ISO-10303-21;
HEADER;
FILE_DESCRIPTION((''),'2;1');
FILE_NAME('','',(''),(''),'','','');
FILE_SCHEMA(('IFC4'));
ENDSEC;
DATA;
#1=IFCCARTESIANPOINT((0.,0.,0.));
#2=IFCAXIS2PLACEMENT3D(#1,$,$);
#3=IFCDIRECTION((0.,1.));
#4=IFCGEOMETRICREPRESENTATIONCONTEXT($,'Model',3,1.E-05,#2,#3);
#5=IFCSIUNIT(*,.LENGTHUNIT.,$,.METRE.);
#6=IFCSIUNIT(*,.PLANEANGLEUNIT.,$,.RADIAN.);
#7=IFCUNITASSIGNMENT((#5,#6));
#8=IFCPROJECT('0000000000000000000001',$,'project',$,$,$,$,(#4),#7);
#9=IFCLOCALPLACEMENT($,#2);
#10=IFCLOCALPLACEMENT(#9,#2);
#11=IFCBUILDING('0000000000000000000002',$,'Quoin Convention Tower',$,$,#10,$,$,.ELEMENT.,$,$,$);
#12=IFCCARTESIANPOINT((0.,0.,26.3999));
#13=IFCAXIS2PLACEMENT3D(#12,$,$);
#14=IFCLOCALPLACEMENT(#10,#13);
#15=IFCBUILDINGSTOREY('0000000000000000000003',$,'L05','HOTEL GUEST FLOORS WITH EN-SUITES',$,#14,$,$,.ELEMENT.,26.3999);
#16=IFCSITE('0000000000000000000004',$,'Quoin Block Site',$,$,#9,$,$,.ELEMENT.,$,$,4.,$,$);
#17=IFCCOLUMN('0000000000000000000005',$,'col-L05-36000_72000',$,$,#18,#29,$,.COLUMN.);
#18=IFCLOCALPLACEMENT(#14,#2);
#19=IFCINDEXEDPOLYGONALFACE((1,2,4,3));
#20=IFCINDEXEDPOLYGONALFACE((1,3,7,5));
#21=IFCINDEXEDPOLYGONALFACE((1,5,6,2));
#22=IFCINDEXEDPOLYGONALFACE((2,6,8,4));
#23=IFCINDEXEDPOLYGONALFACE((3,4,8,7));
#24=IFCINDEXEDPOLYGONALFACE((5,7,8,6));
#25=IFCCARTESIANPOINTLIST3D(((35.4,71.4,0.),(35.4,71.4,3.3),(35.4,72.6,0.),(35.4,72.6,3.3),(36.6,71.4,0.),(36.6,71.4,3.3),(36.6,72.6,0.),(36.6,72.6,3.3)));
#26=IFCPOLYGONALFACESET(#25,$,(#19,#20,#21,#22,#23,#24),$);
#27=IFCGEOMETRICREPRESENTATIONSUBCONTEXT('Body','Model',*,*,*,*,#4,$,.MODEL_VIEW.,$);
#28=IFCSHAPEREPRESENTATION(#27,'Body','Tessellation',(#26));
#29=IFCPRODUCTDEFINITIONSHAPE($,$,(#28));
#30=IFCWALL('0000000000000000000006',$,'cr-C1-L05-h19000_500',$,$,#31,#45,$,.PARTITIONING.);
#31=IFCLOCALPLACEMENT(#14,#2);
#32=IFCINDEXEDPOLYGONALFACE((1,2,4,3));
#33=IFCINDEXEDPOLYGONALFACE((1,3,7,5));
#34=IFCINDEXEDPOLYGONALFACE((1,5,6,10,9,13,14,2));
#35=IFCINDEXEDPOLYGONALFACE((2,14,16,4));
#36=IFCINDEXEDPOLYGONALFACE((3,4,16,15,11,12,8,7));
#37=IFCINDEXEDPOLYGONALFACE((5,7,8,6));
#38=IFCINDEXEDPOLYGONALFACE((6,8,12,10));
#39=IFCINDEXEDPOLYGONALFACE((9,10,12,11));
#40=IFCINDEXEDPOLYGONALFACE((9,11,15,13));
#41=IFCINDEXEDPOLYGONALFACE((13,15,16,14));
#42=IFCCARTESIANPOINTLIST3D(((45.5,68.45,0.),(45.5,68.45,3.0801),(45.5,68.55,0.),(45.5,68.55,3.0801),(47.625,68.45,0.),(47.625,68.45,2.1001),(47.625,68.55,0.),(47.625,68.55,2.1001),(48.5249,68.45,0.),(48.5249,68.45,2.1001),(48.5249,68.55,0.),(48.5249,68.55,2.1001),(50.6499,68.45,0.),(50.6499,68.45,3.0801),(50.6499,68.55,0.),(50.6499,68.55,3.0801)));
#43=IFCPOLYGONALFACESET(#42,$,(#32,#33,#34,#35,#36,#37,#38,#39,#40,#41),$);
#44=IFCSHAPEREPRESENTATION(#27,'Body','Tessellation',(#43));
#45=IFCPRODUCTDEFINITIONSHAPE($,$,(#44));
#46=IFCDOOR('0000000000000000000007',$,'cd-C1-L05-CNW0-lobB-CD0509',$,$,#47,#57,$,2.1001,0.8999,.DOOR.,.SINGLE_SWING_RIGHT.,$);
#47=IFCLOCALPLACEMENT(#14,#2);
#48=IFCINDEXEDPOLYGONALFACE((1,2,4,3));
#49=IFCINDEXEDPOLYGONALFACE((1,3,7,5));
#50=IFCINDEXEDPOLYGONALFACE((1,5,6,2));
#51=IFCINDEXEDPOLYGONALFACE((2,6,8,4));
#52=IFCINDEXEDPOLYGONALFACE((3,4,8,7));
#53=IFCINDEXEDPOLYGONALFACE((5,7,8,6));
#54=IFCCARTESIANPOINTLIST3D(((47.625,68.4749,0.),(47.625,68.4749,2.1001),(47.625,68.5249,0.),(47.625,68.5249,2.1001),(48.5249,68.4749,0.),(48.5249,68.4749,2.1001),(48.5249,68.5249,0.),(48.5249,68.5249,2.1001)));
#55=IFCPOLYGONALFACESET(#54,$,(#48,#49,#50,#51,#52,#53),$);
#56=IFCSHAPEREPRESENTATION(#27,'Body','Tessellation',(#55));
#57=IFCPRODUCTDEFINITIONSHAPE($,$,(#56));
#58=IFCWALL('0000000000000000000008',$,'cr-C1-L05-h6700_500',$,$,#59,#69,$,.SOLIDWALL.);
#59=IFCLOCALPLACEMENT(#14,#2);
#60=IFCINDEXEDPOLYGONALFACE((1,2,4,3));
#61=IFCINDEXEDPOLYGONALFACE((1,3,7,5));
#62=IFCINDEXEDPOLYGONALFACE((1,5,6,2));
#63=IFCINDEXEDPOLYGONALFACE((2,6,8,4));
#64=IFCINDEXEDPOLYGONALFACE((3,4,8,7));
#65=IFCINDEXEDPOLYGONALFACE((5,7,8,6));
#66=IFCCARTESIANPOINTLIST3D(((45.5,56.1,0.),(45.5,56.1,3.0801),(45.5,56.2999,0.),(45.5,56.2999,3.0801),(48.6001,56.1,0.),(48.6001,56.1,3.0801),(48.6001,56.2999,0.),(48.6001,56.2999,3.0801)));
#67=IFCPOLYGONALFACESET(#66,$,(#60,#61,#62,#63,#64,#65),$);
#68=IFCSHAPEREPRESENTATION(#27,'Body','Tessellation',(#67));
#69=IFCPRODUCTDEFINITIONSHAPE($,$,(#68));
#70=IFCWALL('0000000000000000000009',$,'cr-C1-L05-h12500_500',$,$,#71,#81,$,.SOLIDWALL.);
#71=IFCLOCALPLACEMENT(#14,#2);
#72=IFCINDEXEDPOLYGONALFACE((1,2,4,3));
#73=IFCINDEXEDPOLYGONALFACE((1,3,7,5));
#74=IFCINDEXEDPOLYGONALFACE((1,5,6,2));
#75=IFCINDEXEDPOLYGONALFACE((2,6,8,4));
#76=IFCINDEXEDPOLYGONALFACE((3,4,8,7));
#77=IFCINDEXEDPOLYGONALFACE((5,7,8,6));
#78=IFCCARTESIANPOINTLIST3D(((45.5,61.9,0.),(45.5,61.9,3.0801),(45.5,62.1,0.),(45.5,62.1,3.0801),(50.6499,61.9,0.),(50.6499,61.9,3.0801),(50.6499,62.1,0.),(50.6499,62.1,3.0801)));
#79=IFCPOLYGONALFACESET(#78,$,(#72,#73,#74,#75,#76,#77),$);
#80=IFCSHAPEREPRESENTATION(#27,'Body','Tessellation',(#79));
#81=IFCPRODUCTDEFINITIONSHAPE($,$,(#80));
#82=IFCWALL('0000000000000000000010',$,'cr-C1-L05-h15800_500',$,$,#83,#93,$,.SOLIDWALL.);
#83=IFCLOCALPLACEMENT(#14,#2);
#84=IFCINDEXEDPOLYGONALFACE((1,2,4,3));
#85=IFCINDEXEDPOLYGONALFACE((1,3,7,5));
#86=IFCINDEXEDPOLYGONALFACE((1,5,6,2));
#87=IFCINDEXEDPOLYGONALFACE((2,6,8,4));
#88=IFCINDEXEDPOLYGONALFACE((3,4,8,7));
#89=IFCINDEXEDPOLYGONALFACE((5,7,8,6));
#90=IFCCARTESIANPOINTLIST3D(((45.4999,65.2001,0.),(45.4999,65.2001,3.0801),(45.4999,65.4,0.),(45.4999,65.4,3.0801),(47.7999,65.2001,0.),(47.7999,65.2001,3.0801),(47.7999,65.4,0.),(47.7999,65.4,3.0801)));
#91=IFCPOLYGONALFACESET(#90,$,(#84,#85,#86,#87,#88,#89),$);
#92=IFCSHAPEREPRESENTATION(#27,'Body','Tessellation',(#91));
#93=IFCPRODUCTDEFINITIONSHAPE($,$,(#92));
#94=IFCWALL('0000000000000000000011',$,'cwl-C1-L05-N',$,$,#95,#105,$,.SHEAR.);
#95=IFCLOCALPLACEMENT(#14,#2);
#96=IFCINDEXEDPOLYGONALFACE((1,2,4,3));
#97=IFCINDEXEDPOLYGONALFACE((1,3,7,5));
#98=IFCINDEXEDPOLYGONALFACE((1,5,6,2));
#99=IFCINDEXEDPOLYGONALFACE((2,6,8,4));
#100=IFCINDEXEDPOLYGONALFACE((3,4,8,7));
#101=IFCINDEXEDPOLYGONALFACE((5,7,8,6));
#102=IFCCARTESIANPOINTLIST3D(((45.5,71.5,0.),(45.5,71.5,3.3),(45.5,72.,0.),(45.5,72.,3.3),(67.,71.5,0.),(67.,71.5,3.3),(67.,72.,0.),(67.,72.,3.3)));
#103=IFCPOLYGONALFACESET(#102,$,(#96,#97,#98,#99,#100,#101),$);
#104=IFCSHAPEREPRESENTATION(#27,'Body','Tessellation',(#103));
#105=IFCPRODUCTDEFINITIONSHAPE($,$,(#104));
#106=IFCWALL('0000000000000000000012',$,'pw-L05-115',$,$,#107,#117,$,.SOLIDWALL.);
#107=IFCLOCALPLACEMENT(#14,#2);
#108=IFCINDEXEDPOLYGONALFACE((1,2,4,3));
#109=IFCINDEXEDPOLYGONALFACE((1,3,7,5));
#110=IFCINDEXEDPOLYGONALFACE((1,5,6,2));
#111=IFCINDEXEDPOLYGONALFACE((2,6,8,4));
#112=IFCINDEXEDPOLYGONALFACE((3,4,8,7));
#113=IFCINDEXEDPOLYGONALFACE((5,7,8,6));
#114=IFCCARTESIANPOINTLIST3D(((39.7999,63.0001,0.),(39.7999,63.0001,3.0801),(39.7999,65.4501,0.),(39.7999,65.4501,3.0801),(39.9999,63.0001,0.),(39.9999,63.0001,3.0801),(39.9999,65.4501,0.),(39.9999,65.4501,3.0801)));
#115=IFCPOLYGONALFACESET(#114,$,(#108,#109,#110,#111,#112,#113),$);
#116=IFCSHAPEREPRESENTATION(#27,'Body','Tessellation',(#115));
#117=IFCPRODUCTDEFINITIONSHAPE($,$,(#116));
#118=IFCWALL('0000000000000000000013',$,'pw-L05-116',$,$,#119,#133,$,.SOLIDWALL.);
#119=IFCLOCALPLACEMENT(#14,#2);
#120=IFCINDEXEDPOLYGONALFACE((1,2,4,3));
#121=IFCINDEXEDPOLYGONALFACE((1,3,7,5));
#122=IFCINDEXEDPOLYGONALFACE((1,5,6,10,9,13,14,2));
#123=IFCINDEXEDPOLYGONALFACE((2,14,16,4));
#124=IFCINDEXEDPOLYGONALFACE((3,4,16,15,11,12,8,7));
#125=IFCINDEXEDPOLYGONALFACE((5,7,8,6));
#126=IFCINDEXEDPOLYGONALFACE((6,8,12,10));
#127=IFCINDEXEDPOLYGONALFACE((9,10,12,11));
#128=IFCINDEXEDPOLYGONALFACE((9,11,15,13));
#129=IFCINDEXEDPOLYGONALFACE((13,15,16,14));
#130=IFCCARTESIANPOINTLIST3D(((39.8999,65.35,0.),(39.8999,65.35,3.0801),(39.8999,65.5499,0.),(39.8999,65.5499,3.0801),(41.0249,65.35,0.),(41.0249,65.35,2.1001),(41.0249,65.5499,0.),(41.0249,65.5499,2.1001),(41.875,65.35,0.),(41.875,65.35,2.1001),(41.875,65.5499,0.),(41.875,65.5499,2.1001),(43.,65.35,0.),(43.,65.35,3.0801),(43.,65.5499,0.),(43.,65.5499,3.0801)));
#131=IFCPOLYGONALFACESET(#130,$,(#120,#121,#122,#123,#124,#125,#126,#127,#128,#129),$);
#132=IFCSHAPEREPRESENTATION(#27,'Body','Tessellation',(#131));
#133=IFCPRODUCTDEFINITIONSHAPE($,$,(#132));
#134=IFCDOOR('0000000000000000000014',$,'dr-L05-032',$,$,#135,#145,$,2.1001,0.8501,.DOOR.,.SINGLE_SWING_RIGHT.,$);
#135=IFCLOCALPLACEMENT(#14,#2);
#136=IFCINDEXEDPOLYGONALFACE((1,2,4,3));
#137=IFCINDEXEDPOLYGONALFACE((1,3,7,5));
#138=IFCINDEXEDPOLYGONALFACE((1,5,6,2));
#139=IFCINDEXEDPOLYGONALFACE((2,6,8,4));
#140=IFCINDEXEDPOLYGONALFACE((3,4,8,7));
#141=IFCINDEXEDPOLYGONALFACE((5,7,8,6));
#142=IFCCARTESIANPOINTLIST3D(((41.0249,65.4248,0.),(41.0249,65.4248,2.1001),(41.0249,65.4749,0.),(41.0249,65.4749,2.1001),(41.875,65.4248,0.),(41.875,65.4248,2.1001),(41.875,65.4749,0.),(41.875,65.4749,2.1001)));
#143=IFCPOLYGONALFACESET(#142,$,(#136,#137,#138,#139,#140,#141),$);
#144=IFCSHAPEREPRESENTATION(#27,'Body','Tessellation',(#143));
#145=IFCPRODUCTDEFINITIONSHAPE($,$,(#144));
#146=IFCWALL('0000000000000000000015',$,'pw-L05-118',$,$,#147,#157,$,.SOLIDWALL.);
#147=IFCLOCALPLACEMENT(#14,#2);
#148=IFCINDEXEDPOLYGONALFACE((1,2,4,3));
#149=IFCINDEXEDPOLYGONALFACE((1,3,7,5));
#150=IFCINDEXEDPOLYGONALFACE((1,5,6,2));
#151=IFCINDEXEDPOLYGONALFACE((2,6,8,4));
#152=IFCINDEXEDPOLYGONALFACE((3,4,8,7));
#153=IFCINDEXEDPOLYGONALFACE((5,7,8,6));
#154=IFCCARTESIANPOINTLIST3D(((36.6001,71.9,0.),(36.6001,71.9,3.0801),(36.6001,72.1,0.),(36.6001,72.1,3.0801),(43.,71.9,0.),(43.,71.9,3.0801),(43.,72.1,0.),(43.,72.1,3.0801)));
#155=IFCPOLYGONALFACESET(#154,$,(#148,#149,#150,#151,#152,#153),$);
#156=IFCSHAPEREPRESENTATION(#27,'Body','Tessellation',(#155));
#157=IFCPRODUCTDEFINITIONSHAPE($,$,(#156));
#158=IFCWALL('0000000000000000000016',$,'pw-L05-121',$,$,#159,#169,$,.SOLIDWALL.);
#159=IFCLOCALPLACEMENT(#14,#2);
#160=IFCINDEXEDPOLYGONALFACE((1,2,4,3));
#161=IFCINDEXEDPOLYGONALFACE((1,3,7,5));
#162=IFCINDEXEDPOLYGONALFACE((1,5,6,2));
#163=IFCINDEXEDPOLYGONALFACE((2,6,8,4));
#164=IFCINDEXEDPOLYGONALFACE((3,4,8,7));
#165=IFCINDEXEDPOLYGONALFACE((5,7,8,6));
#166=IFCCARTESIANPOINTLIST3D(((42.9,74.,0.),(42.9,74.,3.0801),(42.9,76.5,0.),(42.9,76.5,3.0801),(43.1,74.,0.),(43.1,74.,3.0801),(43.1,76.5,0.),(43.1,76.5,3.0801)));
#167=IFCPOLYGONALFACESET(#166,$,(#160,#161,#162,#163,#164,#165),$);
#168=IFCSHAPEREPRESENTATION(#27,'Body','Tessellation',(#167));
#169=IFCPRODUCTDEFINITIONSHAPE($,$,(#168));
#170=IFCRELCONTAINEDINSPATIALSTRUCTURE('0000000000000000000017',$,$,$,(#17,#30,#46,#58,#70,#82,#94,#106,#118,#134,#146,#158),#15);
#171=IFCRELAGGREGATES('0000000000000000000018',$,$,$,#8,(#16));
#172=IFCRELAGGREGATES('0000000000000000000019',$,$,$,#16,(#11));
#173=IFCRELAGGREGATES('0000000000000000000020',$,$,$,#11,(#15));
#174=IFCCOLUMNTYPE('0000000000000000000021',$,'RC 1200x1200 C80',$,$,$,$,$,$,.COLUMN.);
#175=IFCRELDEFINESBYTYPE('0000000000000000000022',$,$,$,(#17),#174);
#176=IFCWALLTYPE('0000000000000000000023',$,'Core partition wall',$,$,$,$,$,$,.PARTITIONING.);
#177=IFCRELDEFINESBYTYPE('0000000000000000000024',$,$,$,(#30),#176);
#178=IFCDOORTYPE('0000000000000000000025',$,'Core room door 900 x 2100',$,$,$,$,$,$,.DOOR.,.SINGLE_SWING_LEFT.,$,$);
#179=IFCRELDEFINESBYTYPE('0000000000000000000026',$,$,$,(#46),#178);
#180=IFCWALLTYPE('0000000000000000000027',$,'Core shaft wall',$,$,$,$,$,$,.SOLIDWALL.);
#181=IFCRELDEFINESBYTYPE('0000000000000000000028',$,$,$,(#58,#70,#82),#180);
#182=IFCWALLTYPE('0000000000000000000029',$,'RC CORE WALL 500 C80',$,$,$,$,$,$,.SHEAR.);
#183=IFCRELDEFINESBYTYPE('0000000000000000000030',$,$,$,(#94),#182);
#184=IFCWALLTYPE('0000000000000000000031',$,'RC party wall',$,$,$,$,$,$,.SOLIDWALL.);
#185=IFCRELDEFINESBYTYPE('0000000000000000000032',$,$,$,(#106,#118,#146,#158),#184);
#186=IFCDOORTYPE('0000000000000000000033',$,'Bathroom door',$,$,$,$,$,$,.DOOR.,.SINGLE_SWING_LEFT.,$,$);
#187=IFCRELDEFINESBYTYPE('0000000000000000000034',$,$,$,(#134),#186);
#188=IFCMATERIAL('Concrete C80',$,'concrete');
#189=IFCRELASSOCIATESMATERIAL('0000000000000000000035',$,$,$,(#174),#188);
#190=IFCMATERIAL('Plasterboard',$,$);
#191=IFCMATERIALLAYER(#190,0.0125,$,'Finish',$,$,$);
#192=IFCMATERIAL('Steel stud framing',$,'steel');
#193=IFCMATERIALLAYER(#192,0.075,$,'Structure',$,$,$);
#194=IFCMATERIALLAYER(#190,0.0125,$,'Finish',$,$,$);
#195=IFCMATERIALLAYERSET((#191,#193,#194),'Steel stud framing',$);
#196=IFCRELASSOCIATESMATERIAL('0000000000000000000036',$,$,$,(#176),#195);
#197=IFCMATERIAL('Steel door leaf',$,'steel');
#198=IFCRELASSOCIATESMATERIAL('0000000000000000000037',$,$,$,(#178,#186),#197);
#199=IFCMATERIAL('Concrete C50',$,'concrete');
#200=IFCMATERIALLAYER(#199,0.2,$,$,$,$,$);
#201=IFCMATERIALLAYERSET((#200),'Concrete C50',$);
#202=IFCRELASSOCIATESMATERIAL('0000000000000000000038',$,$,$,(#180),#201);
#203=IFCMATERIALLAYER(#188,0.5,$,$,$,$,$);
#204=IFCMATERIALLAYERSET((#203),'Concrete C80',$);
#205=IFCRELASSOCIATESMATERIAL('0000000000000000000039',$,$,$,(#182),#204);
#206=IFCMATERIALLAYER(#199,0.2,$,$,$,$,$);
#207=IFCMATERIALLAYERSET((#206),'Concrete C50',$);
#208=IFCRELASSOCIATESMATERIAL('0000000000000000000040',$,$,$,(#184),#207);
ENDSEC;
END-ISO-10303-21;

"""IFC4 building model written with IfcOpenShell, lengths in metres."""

from ifc_helpers import new_model, si_unit, direction, frame, frame_2d, origin, origin_2d, place, context, subcontext, project, spatial, rectangle, extrude, material, layer, layer_set, material_profile, profile_set, type_object, element, fill, save


model = new_model("IFC4")

# Units and contexts
model_context = context("Model", 3, precision=1e-05, world=origin(), true_north=direction((0.0, 1.0)))
body_context = subcontext(model_context, "Body", "Model", "MODEL_VIEW")
ifc_project = project(units=[si_unit("LENGTHUNIT", "METRE"), si_unit("PLANEANGLEUNIT", "RADIAN")], contexts=[model_context])

# Site, building, storey
site_placement = place(None, origin())
site = spatial("IfcSite", under=ifc_project, at=site_placement, Name="Quoin Block Site", CompositionType="ELEMENT", RefElevation=4.0)
building_placement = place(site_placement, origin())
building = spatial("IfcBuilding", under=site, at=building_placement, Name="Quoin Convention Tower", CompositionType="ELEMENT")
storey_placement = place(building_placement, frame((0.0, 0.0, 26.3999)))
storey = spatial("IfcBuildingStorey", under=building, at=storey_placement, Name="L05", Description="HOTEL GUEST FLOORS WITH EN-SUITES", CompositionType="ELEMENT", Elevation=26.3999)

# Column
ifc_material_1 = material(Name="Concrete C80", Category="concrete")
ifc_material_profile = material_profile(ifc_material_1, rectangle(XDim=1.2, YDim=1.2, at=origin_2d()), Name="RC 1200x1200")
ifc_profile_set = profile_set([ifc_material_profile], Name="Concrete C80")
column_type = type_object("IfcColumnType", Name="RC 1200x1200 C80", PredefinedType="COLUMN", material=ifc_profile_set)
column_placement = place(storey_placement, frame((36.0, 72.0, 0.0), z_axis=(0.0, 0.0, 1.0), x_axis=(1.0, 0.0, 0.0)))
element("IfcColumn", 1, at=column_placement, inside=storey, type_object=column_type, Name="col-L05-36000_72000", PredefinedType="COLUMN", context=body_context, shape_type="SweptSolid", body=[
    extrude(rectangle(XDim=1.2, YDim=1.2, at=origin_2d()), origin(), (0.0, 0.0, 1.0), 3.3),
])

# Wall, opening, door
ifc_material_2 = material(Name="Plasterboard")
ifc_layer_1 = layer(ifc_material_2, 0.0125, Name="Finish")
ifc_material_3 = material(Name="Steel stud framing", Category="steel")
ifc_layer_2 = layer(ifc_material_3, 0.075, Name="Structure")
ifc_layer_3 = layer(ifc_material_2, 0.0125, Name="Finish")
ifc_layer_set_1 = layer_set([ifc_layer_1, ifc_layer_2, ifc_layer_3], Name="Steel stud framing")
wall_type_1 = type_object("IfcWallType", Name="Core partition wall", PredefinedType="PARTITIONING", material=ifc_layer_set_1)
wall_1_placement = place(storey_placement, frame((45.5, 68.5, 0.0), z_axis=(0.0, 0.0, 1.0), x_axis=(1.0, 0.0, 0.0)))
wall_1 = element("IfcWall", 2, at=wall_1_placement, inside=storey, type_object=wall_type_1, Name="cr-C1-L05-h19000_500", PredefinedType="PARTITIONING", context=body_context, shape_type="SweptSolid", body=[
    extrude(rectangle(XDim=5.1499, YDim=0.1001, at=frame_2d((2.575, 0.0))), origin(), (0.0, 0.0, 1.0), 3.0801),
])
opening_1_placement = place(wall_1_placement, frame((2.125, 0.0, 0.0)))
opening_1 = element("IfcOpeningElement", 3, at=opening_1_placement, cuts=wall_1, PredefinedType="OPENING", context=body_context, shape_type="SweptSolid", body=[
    extrude(rectangle(XDim=0.8999, YDim=2.1001, at=frame_2d((0.45, 1.05))), frame((0.0, 0.0601, 0.0), z_axis=(0.0, -1.0, 0.0), x_axis=(1.0, 0.0, 0.0)), (0.0, 0.0, 1.0), 0.1201),
])
ifc_material_4 = material(Name="Steel door leaf", Category="steel")
door_type_1 = type_object("IfcDoorType", Name="Core room door 900 x 2100", OperationType="SINGLE_SWING_LEFT", PredefinedType="DOOR", material=ifc_material_4)
door_1_placement = place(opening_1_placement, origin())
door_1 = element("IfcDoor", 4, at=door_1_placement, inside=storey, type_object=door_type_1, Name="cd-C1-L05-CNW0-lobB-CD0509", OperationType="SINGLE_SWING_RIGHT", OverallHeight=2.1001, OverallWidth=0.8999, PredefinedType="DOOR", context=body_context, shape_type="SweptSolid", body=[
    extrude(rectangle(XDim=0.8999, YDim=2.1001, at=frame_2d((0.45, 1.05))), frame((0.0, 0.0249, 0.0), z_axis=(0.0, -1.0, 0.0), x_axis=(1.0, 0.0, 0.0)), (0.0, 0.0, 1.0), 0.05),
])
fill(opening_1, door_1)

# Walls
ifc_material_5 = material(Name="Concrete C50", Category="concrete")
ifc_layer_4 = layer(ifc_material_5, 0.2)
ifc_layer_set_2 = layer_set([ifc_layer_4], Name="Concrete C50")
wall_type_2 = type_object("IfcWallType", Name="Core shaft wall", PredefinedType="SOLIDWALL", material=ifc_layer_set_2)
wall_2_placement = place(storey_placement, frame((45.5, 56.2, 0.0), z_axis=(0.0, 0.0, 1.0), x_axis=(1.0, 0.0, 0.0)))
element("IfcWall", 5, at=wall_2_placement, inside=storey, type_object=wall_type_2, Name="cr-C1-L05-h6700_500", PredefinedType="SOLIDWALL", context=body_context, shape_type="SweptSolid", body=[
    extrude(rectangle(XDim=3.1001, YDim=0.2, at=frame_2d((1.55, 0.0))), origin(), (0.0, 0.0, 1.0), 3.0801),
])
wall_3_placement = place(storey_placement, frame((45.5, 62.0, 0.0), z_axis=(0.0, 0.0, 1.0), x_axis=(1.0, 0.0, 0.0)))
element("IfcWall", 6, at=wall_3_placement, inside=storey, type_object=wall_type_2, Name="cr-C1-L05-h12500_500", PredefinedType="SOLIDWALL", context=body_context, shape_type="SweptSolid", body=[
    extrude(rectangle(XDim=5.1499, YDim=0.2, at=frame_2d((2.575, 0.0))), origin(), (0.0, 0.0, 1.0), 3.0801),
])
wall_4_placement = place(storey_placement, frame((45.5, 65.3, 0.0), z_axis=(0.0, 0.0, 1.0), x_axis=(1.0, 0.0, 0.0)))
element("IfcWall", 7, at=wall_4_placement, inside=storey, type_object=wall_type_2, Name="cr-C1-L05-h15800_500", PredefinedType="SOLIDWALL", context=body_context, shape_type="SweptSolid", body=[
    extrude(rectangle(XDim=2.3, YDim=0.2, at=frame_2d((1.1499, 0.0))), origin(), (0.0, 0.0, 1.0), 3.0801),
])
ifc_layer_5 = layer(ifc_material_1, 0.5)
ifc_layer_set_3 = layer_set([ifc_layer_5], Name="Concrete C80")
wall_type_3 = type_object("IfcWallType", Name="RC CORE WALL 500 C80", PredefinedType="SHEAR", material=ifc_layer_set_3)
wall_5_placement = place(storey_placement, frame((45.5, 71.75, 0.0), z_axis=(0.0, 0.0, 1.0), x_axis=(1.0, 0.0, 0.0)))
element("IfcWall", 8, at=wall_5_placement, inside=storey, type_object=wall_type_3, Name="cwl-C1-L05-N", PredefinedType="SHEAR", context=body_context, shape_type="SweptSolid", body=[
    extrude(rectangle(XDim=21.5, YDim=0.5, at=frame_2d((10.75, 0.0))), origin(), (0.0, 0.0, 1.0), 3.3),
])
ifc_layer_6 = layer(ifc_material_5, 0.2)
ifc_layer_set_4 = layer_set([ifc_layer_6], Name="Concrete C50")
wall_type_4 = type_object("IfcWallType", Name="RC party wall", PredefinedType="SOLIDWALL", material=ifc_layer_set_4)
wall_6_placement = place(storey_placement, frame((39.8999, 63.0, 0.0), z_axis=(0.0, 0.0, 1.0), x_axis=(0.0, 1.0, 0.0)))
element("IfcWall", 9, at=wall_6_placement, inside=storey, type_object=wall_type_4, Name="pw-L05-115", PredefinedType="SOLIDWALL", context=body_context, shape_type="SweptSolid", body=[
    extrude(rectangle(XDim=2.45, YDim=0.2, at=frame_2d((1.2251, 0.0))), origin(), (0.0, 0.0, 1.0), 3.0801),
])

# Wall, opening, door
wall_7_placement = place(storey_placement, frame((39.8999, 65.45, 0.0), z_axis=(0.0, 0.0, 1.0), x_axis=(1.0, 0.0, 0.0)))
wall_7 = element("IfcWall", 10, at=wall_7_placement, inside=storey, type_object=wall_type_4, Name="pw-L05-116", PredefinedType="SOLIDWALL", context=body_context, shape_type="SweptSolid", body=[
    extrude(rectangle(XDim=3.1001, YDim=0.2, at=frame_2d((1.55, 0.0))), origin(), (0.0, 0.0, 1.0), 3.0801),
])
opening_2_placement = place(wall_7_placement, frame((1.125, 0.0, 0.0)))
opening_2 = element("IfcOpeningElement", 11, at=opening_2_placement, cuts=wall_7, PredefinedType="OPENING", context=body_context, shape_type="SweptSolid", body=[
    extrude(rectangle(XDim=0.8501, YDim=2.1001, at=frame_2d((0.425, 1.05))), frame((0.0, 0.1099, 0.0), z_axis=(0.0, -1.0, 0.0), x_axis=(1.0, 0.0, 0.0)), (0.0, 0.0, 1.0), 0.22),
])
door_type_2 = type_object("IfcDoorType", Name="Bathroom door", OperationType="SINGLE_SWING_LEFT", PredefinedType="DOOR", material=ifc_material_4)
door_2_placement = place(opening_2_placement, origin())
door_2 = element("IfcDoor", 12, at=door_2_placement, inside=storey, type_object=door_type_2, Name="dr-L05-032", OperationType="SINGLE_SWING_RIGHT", OverallHeight=2.1001, OverallWidth=0.8501, PredefinedType="DOOR", context=body_context, shape_type="SweptSolid", body=[
    extrude(rectangle(XDim=0.8501, YDim=2.1001, at=frame_2d((0.425, 1.05))), frame((0.0, 0.0249, 0.0), z_axis=(0.0, -1.0, 0.0), x_axis=(1.0, 0.0, 0.0)), (0.0, 0.0, 1.0), 0.05),
])
fill(opening_2, door_2)

# Walls
wall_8_placement = place(storey_placement, frame((36.6001, 72.0, 0.0), z_axis=(0.0, 0.0, 1.0), x_axis=(1.0, 0.0, 0.0)))
element("IfcWall", 13, at=wall_8_placement, inside=storey, type_object=wall_type_4, Name="pw-L05-118", PredefinedType="SOLIDWALL", context=body_context, shape_type="SweptSolid", body=[
    extrude(rectangle(XDim=6.3999, YDim=0.2, at=frame_2d((3.2, 0.0))), origin(), (0.0, 0.0, 1.0), 3.0801),
])
wall_9_placement = place(storey_placement, frame((43.0, 74.0, 0.0), z_axis=(0.0, 0.0, 1.0), x_axis=(0.0, 1.0, 0.0)))
element("IfcWall", 14, at=wall_9_placement, inside=storey, type_object=wall_type_4, Name="pw-L05-121", PredefinedType="SOLIDWALL", context=body_context, shape_type="SweptSolid", body=[
    extrude(rectangle(XDim=2.5, YDim=0.2, at=frame_2d((1.25, 0.0))), origin(), (0.0, 0.0, 1.0), 3.0801),
])

save(model, "model.ifc")
